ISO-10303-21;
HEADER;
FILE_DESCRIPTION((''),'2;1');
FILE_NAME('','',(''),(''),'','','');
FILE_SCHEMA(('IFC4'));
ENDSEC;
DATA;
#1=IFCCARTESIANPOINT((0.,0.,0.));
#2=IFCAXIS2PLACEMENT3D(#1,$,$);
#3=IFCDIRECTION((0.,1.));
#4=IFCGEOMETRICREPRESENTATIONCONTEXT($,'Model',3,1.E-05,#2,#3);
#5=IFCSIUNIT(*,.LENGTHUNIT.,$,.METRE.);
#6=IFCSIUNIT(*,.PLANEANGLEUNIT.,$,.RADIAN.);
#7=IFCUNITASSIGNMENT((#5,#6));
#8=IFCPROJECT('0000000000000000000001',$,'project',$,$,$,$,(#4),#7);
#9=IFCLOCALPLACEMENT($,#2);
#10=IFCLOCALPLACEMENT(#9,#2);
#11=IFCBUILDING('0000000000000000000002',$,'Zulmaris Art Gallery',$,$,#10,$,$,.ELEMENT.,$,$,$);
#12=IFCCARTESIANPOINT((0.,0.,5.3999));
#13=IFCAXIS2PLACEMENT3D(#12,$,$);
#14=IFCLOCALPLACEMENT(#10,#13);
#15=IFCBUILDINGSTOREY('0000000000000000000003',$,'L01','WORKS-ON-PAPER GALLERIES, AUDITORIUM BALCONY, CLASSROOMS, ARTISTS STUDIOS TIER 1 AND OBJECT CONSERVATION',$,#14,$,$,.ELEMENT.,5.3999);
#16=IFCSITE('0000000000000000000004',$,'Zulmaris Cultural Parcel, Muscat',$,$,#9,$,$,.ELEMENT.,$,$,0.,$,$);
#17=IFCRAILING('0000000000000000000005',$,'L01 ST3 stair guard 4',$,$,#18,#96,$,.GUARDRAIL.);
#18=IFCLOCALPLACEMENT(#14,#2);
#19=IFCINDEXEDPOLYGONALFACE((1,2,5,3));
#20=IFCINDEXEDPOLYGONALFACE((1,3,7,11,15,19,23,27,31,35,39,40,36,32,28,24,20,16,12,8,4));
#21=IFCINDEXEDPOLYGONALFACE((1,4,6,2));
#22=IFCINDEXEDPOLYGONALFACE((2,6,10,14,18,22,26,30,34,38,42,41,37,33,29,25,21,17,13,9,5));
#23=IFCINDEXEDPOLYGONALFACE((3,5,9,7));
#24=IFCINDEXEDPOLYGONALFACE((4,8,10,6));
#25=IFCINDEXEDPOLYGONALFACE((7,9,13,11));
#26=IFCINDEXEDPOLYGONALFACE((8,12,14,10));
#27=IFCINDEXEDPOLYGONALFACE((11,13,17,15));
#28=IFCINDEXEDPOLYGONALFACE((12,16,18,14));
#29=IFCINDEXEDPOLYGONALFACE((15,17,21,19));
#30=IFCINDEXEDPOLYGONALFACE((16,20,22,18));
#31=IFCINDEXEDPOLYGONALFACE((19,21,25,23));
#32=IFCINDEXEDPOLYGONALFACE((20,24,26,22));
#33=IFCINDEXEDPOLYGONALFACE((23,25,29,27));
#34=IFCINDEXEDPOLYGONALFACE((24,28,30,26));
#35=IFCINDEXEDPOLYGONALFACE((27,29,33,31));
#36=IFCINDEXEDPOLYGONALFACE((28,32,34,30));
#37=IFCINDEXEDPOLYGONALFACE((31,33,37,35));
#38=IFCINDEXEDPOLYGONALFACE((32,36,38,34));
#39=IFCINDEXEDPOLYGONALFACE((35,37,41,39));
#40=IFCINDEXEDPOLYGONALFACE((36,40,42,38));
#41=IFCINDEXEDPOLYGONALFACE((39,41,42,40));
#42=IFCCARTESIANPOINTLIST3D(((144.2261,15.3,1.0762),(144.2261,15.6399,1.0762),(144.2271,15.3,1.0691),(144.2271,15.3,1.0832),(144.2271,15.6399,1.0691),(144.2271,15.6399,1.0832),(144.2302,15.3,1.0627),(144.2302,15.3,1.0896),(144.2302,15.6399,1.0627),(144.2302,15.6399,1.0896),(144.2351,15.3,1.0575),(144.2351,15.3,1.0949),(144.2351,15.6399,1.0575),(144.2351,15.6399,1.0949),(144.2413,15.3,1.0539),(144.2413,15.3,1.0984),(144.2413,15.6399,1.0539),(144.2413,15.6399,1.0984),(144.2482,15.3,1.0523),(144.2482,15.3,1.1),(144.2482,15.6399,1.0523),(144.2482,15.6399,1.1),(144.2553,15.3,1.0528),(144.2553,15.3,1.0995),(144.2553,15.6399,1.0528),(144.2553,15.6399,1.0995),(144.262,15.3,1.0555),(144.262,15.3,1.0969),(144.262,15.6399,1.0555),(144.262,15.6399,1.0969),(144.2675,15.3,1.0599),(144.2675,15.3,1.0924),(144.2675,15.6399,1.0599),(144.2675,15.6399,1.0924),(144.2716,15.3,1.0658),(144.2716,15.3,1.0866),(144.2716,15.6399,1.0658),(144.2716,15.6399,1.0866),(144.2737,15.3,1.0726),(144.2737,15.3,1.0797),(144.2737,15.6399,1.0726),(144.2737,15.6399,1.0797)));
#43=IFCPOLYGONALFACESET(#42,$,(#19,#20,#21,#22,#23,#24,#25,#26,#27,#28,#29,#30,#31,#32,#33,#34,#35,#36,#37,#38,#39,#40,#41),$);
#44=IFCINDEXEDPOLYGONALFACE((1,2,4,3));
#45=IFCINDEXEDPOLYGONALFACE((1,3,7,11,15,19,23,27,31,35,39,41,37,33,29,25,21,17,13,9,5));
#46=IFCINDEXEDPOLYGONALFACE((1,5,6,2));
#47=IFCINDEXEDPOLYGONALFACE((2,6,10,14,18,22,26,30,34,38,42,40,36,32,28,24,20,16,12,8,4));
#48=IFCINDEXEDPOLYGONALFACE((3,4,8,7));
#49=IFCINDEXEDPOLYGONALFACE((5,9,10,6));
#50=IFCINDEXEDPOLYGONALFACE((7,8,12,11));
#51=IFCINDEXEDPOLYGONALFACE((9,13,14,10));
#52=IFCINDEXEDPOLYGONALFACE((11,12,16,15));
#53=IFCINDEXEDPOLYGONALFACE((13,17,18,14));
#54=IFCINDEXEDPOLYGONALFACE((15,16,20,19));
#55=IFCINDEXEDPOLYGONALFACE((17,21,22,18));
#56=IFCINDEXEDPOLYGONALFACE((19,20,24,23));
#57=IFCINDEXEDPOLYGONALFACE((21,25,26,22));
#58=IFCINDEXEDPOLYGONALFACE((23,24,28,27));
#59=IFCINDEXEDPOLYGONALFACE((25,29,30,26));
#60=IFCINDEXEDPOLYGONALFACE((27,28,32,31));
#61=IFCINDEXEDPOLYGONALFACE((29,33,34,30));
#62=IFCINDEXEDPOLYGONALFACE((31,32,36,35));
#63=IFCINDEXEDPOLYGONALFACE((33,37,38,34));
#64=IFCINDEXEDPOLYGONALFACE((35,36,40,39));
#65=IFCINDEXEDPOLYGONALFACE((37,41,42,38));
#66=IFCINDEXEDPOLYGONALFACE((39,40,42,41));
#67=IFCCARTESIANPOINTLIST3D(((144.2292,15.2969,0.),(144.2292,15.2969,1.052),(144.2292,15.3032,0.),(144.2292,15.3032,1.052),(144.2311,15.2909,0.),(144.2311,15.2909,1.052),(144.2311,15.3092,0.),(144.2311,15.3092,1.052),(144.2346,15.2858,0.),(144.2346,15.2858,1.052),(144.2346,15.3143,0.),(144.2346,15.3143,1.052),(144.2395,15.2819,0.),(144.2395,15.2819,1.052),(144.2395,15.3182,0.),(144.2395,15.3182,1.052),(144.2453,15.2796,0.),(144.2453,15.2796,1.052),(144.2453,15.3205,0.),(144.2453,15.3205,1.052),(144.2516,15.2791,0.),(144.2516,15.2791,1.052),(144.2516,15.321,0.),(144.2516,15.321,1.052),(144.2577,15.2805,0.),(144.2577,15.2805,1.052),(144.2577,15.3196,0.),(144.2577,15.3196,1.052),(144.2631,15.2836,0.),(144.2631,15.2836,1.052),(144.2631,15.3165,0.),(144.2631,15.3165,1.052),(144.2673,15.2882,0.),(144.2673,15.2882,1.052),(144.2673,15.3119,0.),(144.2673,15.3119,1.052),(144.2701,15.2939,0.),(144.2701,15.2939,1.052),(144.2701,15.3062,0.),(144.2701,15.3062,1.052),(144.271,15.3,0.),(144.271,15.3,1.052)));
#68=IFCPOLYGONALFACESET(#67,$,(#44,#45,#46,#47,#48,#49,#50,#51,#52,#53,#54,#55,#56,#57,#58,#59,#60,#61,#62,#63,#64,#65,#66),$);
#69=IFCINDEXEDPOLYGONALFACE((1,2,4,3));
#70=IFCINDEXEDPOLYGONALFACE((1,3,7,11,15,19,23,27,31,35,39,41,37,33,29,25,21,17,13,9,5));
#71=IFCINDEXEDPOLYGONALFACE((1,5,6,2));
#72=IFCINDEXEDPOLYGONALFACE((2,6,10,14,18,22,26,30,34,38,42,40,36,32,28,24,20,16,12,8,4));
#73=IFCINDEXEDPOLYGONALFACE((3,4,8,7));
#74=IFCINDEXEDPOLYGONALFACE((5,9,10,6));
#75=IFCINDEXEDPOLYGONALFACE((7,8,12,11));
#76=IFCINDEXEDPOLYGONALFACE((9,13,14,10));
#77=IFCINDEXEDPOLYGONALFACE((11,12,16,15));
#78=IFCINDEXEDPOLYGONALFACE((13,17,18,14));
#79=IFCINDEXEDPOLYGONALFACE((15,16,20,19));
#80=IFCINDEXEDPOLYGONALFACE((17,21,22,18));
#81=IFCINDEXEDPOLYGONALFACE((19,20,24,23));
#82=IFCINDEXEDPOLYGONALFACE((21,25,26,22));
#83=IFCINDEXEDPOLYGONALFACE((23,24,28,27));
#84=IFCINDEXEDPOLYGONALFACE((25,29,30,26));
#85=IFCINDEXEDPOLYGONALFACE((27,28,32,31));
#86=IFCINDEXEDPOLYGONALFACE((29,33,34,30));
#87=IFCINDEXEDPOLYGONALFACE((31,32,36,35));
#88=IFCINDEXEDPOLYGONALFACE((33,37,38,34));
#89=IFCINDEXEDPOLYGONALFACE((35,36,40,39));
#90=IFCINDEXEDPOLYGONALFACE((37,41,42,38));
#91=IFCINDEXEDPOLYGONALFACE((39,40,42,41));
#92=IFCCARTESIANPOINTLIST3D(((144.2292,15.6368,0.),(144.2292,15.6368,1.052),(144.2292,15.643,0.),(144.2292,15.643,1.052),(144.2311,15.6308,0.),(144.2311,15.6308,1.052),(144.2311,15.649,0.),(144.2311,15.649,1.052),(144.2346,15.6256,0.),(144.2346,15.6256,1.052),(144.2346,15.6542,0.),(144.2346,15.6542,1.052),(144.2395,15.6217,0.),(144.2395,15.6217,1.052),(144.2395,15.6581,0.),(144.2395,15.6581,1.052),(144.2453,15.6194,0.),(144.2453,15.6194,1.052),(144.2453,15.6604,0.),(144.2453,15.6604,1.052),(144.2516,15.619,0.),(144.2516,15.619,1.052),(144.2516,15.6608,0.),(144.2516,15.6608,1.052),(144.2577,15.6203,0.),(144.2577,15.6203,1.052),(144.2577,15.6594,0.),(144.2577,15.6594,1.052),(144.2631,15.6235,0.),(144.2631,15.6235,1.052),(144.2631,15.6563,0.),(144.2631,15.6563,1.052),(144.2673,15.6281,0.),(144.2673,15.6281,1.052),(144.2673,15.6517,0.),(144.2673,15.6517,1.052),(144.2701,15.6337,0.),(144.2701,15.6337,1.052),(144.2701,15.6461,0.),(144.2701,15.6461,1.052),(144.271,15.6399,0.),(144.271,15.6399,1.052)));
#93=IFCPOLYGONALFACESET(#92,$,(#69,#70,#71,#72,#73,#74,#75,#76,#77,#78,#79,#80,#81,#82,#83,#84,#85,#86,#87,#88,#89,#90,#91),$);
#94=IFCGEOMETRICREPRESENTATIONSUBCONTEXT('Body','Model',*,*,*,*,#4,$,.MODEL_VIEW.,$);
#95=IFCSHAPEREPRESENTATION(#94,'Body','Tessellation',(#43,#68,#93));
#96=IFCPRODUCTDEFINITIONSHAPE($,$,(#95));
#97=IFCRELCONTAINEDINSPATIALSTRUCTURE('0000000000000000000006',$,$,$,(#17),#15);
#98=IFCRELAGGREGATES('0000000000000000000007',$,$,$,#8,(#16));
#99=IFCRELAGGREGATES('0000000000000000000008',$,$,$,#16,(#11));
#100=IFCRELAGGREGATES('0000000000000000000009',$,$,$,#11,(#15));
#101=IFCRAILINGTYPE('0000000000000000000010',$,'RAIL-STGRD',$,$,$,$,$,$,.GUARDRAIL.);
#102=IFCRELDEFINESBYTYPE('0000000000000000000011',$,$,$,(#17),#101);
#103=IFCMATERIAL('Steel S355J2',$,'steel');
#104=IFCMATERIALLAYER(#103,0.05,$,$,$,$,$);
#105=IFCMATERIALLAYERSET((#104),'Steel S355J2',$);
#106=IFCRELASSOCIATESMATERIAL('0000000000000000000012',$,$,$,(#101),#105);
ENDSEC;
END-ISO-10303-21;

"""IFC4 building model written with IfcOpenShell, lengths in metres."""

from ifc_helpers import new_model, si_unit, direction, frame, origin, origin_2d, place, context, subcontext, project, spatial, circle, extrude, material, layer, layer_set, type_object, element, save


model = new_model("IFC4")

# Units and contexts
model_context = context("Model", 3, precision=1e-05, world=origin(), true_north=direction((0.0, 1.0)))
body_context = subcontext(model_context, "Body", "Model", "MODEL_VIEW")
ifc_project = project(units=[si_unit("LENGTHUNIT", "METRE"), si_unit("PLANEANGLEUNIT", "RADIAN")], contexts=[model_context])

# Site, building, storey
site_placement = place(None, origin())
site = spatial("IfcSite", under=ifc_project, at=site_placement, Name="Zulmaris Cultural Parcel, Muscat", CompositionType="ELEMENT", RefElevation=0.0)
building_placement = place(site_placement, origin())
building = spatial("IfcBuilding", under=site, at=building_placement, Name="Zulmaris Art Gallery", CompositionType="ELEMENT")
storey_placement = place(building_placement, frame((0.0, 0.0, 5.3999)))
storey = spatial("IfcBuildingStorey", under=building, at=storey_placement, Name="L01", Description="WORKS-ON-PAPER GALLERIES, AUDITORIUM BALCONY, CLASSROOMS, ARTISTS STUDIOS TIER 1 AND OBJECT CONSERVATION", CompositionType="ELEMENT", Elevation=5.3999)

# Shared definitions
ifc_material_1 = material(Name="Steel S355J2", Category="steel")

# Railing
ifc_layer_1 = layer(ifc_material_1, 0.05)
ifc_layer_set_1 = layer_set([ifc_layer_1], Name="Steel S355J2")
railing_type_1 = type_object("IfcRailingType", Name="RAIL-STGRD", PredefinedType="GUARDRAIL", material=ifc_layer_set_1)
railing_1_placement = place(storey_placement, frame((144.25, 15.3, 0.0)))
element("IfcRailing", 1, at=railing_1_placement, inside=storey, type_object=railing_type_1, Name="L01 ST3 stair guard 4", PredefinedType="GUARDRAIL", context=body_context, shape_type="SweptSolid", body=[
    extrude(circle(Radius=0.0239, at=origin_2d()), frame((0.0, 0.0, 1.0762), z_axis=(0.0, 1.0, 0.0), x_axis=(-1.0, 0.0, 0.0)), (0.0, 0.0, 1.0), 0.3398),
    extrude(circle(Radius=0.021, at=origin_2d()), origin(), (0.0, 0.0, 1.0), 1.052),
    extrude(circle(Radius=0.021, at=origin_2d()), frame((0.0, 0.3398, 0.0)), (0.0, 0.0, 1.0), 1.052),
])

save(model, "model.ifc")
